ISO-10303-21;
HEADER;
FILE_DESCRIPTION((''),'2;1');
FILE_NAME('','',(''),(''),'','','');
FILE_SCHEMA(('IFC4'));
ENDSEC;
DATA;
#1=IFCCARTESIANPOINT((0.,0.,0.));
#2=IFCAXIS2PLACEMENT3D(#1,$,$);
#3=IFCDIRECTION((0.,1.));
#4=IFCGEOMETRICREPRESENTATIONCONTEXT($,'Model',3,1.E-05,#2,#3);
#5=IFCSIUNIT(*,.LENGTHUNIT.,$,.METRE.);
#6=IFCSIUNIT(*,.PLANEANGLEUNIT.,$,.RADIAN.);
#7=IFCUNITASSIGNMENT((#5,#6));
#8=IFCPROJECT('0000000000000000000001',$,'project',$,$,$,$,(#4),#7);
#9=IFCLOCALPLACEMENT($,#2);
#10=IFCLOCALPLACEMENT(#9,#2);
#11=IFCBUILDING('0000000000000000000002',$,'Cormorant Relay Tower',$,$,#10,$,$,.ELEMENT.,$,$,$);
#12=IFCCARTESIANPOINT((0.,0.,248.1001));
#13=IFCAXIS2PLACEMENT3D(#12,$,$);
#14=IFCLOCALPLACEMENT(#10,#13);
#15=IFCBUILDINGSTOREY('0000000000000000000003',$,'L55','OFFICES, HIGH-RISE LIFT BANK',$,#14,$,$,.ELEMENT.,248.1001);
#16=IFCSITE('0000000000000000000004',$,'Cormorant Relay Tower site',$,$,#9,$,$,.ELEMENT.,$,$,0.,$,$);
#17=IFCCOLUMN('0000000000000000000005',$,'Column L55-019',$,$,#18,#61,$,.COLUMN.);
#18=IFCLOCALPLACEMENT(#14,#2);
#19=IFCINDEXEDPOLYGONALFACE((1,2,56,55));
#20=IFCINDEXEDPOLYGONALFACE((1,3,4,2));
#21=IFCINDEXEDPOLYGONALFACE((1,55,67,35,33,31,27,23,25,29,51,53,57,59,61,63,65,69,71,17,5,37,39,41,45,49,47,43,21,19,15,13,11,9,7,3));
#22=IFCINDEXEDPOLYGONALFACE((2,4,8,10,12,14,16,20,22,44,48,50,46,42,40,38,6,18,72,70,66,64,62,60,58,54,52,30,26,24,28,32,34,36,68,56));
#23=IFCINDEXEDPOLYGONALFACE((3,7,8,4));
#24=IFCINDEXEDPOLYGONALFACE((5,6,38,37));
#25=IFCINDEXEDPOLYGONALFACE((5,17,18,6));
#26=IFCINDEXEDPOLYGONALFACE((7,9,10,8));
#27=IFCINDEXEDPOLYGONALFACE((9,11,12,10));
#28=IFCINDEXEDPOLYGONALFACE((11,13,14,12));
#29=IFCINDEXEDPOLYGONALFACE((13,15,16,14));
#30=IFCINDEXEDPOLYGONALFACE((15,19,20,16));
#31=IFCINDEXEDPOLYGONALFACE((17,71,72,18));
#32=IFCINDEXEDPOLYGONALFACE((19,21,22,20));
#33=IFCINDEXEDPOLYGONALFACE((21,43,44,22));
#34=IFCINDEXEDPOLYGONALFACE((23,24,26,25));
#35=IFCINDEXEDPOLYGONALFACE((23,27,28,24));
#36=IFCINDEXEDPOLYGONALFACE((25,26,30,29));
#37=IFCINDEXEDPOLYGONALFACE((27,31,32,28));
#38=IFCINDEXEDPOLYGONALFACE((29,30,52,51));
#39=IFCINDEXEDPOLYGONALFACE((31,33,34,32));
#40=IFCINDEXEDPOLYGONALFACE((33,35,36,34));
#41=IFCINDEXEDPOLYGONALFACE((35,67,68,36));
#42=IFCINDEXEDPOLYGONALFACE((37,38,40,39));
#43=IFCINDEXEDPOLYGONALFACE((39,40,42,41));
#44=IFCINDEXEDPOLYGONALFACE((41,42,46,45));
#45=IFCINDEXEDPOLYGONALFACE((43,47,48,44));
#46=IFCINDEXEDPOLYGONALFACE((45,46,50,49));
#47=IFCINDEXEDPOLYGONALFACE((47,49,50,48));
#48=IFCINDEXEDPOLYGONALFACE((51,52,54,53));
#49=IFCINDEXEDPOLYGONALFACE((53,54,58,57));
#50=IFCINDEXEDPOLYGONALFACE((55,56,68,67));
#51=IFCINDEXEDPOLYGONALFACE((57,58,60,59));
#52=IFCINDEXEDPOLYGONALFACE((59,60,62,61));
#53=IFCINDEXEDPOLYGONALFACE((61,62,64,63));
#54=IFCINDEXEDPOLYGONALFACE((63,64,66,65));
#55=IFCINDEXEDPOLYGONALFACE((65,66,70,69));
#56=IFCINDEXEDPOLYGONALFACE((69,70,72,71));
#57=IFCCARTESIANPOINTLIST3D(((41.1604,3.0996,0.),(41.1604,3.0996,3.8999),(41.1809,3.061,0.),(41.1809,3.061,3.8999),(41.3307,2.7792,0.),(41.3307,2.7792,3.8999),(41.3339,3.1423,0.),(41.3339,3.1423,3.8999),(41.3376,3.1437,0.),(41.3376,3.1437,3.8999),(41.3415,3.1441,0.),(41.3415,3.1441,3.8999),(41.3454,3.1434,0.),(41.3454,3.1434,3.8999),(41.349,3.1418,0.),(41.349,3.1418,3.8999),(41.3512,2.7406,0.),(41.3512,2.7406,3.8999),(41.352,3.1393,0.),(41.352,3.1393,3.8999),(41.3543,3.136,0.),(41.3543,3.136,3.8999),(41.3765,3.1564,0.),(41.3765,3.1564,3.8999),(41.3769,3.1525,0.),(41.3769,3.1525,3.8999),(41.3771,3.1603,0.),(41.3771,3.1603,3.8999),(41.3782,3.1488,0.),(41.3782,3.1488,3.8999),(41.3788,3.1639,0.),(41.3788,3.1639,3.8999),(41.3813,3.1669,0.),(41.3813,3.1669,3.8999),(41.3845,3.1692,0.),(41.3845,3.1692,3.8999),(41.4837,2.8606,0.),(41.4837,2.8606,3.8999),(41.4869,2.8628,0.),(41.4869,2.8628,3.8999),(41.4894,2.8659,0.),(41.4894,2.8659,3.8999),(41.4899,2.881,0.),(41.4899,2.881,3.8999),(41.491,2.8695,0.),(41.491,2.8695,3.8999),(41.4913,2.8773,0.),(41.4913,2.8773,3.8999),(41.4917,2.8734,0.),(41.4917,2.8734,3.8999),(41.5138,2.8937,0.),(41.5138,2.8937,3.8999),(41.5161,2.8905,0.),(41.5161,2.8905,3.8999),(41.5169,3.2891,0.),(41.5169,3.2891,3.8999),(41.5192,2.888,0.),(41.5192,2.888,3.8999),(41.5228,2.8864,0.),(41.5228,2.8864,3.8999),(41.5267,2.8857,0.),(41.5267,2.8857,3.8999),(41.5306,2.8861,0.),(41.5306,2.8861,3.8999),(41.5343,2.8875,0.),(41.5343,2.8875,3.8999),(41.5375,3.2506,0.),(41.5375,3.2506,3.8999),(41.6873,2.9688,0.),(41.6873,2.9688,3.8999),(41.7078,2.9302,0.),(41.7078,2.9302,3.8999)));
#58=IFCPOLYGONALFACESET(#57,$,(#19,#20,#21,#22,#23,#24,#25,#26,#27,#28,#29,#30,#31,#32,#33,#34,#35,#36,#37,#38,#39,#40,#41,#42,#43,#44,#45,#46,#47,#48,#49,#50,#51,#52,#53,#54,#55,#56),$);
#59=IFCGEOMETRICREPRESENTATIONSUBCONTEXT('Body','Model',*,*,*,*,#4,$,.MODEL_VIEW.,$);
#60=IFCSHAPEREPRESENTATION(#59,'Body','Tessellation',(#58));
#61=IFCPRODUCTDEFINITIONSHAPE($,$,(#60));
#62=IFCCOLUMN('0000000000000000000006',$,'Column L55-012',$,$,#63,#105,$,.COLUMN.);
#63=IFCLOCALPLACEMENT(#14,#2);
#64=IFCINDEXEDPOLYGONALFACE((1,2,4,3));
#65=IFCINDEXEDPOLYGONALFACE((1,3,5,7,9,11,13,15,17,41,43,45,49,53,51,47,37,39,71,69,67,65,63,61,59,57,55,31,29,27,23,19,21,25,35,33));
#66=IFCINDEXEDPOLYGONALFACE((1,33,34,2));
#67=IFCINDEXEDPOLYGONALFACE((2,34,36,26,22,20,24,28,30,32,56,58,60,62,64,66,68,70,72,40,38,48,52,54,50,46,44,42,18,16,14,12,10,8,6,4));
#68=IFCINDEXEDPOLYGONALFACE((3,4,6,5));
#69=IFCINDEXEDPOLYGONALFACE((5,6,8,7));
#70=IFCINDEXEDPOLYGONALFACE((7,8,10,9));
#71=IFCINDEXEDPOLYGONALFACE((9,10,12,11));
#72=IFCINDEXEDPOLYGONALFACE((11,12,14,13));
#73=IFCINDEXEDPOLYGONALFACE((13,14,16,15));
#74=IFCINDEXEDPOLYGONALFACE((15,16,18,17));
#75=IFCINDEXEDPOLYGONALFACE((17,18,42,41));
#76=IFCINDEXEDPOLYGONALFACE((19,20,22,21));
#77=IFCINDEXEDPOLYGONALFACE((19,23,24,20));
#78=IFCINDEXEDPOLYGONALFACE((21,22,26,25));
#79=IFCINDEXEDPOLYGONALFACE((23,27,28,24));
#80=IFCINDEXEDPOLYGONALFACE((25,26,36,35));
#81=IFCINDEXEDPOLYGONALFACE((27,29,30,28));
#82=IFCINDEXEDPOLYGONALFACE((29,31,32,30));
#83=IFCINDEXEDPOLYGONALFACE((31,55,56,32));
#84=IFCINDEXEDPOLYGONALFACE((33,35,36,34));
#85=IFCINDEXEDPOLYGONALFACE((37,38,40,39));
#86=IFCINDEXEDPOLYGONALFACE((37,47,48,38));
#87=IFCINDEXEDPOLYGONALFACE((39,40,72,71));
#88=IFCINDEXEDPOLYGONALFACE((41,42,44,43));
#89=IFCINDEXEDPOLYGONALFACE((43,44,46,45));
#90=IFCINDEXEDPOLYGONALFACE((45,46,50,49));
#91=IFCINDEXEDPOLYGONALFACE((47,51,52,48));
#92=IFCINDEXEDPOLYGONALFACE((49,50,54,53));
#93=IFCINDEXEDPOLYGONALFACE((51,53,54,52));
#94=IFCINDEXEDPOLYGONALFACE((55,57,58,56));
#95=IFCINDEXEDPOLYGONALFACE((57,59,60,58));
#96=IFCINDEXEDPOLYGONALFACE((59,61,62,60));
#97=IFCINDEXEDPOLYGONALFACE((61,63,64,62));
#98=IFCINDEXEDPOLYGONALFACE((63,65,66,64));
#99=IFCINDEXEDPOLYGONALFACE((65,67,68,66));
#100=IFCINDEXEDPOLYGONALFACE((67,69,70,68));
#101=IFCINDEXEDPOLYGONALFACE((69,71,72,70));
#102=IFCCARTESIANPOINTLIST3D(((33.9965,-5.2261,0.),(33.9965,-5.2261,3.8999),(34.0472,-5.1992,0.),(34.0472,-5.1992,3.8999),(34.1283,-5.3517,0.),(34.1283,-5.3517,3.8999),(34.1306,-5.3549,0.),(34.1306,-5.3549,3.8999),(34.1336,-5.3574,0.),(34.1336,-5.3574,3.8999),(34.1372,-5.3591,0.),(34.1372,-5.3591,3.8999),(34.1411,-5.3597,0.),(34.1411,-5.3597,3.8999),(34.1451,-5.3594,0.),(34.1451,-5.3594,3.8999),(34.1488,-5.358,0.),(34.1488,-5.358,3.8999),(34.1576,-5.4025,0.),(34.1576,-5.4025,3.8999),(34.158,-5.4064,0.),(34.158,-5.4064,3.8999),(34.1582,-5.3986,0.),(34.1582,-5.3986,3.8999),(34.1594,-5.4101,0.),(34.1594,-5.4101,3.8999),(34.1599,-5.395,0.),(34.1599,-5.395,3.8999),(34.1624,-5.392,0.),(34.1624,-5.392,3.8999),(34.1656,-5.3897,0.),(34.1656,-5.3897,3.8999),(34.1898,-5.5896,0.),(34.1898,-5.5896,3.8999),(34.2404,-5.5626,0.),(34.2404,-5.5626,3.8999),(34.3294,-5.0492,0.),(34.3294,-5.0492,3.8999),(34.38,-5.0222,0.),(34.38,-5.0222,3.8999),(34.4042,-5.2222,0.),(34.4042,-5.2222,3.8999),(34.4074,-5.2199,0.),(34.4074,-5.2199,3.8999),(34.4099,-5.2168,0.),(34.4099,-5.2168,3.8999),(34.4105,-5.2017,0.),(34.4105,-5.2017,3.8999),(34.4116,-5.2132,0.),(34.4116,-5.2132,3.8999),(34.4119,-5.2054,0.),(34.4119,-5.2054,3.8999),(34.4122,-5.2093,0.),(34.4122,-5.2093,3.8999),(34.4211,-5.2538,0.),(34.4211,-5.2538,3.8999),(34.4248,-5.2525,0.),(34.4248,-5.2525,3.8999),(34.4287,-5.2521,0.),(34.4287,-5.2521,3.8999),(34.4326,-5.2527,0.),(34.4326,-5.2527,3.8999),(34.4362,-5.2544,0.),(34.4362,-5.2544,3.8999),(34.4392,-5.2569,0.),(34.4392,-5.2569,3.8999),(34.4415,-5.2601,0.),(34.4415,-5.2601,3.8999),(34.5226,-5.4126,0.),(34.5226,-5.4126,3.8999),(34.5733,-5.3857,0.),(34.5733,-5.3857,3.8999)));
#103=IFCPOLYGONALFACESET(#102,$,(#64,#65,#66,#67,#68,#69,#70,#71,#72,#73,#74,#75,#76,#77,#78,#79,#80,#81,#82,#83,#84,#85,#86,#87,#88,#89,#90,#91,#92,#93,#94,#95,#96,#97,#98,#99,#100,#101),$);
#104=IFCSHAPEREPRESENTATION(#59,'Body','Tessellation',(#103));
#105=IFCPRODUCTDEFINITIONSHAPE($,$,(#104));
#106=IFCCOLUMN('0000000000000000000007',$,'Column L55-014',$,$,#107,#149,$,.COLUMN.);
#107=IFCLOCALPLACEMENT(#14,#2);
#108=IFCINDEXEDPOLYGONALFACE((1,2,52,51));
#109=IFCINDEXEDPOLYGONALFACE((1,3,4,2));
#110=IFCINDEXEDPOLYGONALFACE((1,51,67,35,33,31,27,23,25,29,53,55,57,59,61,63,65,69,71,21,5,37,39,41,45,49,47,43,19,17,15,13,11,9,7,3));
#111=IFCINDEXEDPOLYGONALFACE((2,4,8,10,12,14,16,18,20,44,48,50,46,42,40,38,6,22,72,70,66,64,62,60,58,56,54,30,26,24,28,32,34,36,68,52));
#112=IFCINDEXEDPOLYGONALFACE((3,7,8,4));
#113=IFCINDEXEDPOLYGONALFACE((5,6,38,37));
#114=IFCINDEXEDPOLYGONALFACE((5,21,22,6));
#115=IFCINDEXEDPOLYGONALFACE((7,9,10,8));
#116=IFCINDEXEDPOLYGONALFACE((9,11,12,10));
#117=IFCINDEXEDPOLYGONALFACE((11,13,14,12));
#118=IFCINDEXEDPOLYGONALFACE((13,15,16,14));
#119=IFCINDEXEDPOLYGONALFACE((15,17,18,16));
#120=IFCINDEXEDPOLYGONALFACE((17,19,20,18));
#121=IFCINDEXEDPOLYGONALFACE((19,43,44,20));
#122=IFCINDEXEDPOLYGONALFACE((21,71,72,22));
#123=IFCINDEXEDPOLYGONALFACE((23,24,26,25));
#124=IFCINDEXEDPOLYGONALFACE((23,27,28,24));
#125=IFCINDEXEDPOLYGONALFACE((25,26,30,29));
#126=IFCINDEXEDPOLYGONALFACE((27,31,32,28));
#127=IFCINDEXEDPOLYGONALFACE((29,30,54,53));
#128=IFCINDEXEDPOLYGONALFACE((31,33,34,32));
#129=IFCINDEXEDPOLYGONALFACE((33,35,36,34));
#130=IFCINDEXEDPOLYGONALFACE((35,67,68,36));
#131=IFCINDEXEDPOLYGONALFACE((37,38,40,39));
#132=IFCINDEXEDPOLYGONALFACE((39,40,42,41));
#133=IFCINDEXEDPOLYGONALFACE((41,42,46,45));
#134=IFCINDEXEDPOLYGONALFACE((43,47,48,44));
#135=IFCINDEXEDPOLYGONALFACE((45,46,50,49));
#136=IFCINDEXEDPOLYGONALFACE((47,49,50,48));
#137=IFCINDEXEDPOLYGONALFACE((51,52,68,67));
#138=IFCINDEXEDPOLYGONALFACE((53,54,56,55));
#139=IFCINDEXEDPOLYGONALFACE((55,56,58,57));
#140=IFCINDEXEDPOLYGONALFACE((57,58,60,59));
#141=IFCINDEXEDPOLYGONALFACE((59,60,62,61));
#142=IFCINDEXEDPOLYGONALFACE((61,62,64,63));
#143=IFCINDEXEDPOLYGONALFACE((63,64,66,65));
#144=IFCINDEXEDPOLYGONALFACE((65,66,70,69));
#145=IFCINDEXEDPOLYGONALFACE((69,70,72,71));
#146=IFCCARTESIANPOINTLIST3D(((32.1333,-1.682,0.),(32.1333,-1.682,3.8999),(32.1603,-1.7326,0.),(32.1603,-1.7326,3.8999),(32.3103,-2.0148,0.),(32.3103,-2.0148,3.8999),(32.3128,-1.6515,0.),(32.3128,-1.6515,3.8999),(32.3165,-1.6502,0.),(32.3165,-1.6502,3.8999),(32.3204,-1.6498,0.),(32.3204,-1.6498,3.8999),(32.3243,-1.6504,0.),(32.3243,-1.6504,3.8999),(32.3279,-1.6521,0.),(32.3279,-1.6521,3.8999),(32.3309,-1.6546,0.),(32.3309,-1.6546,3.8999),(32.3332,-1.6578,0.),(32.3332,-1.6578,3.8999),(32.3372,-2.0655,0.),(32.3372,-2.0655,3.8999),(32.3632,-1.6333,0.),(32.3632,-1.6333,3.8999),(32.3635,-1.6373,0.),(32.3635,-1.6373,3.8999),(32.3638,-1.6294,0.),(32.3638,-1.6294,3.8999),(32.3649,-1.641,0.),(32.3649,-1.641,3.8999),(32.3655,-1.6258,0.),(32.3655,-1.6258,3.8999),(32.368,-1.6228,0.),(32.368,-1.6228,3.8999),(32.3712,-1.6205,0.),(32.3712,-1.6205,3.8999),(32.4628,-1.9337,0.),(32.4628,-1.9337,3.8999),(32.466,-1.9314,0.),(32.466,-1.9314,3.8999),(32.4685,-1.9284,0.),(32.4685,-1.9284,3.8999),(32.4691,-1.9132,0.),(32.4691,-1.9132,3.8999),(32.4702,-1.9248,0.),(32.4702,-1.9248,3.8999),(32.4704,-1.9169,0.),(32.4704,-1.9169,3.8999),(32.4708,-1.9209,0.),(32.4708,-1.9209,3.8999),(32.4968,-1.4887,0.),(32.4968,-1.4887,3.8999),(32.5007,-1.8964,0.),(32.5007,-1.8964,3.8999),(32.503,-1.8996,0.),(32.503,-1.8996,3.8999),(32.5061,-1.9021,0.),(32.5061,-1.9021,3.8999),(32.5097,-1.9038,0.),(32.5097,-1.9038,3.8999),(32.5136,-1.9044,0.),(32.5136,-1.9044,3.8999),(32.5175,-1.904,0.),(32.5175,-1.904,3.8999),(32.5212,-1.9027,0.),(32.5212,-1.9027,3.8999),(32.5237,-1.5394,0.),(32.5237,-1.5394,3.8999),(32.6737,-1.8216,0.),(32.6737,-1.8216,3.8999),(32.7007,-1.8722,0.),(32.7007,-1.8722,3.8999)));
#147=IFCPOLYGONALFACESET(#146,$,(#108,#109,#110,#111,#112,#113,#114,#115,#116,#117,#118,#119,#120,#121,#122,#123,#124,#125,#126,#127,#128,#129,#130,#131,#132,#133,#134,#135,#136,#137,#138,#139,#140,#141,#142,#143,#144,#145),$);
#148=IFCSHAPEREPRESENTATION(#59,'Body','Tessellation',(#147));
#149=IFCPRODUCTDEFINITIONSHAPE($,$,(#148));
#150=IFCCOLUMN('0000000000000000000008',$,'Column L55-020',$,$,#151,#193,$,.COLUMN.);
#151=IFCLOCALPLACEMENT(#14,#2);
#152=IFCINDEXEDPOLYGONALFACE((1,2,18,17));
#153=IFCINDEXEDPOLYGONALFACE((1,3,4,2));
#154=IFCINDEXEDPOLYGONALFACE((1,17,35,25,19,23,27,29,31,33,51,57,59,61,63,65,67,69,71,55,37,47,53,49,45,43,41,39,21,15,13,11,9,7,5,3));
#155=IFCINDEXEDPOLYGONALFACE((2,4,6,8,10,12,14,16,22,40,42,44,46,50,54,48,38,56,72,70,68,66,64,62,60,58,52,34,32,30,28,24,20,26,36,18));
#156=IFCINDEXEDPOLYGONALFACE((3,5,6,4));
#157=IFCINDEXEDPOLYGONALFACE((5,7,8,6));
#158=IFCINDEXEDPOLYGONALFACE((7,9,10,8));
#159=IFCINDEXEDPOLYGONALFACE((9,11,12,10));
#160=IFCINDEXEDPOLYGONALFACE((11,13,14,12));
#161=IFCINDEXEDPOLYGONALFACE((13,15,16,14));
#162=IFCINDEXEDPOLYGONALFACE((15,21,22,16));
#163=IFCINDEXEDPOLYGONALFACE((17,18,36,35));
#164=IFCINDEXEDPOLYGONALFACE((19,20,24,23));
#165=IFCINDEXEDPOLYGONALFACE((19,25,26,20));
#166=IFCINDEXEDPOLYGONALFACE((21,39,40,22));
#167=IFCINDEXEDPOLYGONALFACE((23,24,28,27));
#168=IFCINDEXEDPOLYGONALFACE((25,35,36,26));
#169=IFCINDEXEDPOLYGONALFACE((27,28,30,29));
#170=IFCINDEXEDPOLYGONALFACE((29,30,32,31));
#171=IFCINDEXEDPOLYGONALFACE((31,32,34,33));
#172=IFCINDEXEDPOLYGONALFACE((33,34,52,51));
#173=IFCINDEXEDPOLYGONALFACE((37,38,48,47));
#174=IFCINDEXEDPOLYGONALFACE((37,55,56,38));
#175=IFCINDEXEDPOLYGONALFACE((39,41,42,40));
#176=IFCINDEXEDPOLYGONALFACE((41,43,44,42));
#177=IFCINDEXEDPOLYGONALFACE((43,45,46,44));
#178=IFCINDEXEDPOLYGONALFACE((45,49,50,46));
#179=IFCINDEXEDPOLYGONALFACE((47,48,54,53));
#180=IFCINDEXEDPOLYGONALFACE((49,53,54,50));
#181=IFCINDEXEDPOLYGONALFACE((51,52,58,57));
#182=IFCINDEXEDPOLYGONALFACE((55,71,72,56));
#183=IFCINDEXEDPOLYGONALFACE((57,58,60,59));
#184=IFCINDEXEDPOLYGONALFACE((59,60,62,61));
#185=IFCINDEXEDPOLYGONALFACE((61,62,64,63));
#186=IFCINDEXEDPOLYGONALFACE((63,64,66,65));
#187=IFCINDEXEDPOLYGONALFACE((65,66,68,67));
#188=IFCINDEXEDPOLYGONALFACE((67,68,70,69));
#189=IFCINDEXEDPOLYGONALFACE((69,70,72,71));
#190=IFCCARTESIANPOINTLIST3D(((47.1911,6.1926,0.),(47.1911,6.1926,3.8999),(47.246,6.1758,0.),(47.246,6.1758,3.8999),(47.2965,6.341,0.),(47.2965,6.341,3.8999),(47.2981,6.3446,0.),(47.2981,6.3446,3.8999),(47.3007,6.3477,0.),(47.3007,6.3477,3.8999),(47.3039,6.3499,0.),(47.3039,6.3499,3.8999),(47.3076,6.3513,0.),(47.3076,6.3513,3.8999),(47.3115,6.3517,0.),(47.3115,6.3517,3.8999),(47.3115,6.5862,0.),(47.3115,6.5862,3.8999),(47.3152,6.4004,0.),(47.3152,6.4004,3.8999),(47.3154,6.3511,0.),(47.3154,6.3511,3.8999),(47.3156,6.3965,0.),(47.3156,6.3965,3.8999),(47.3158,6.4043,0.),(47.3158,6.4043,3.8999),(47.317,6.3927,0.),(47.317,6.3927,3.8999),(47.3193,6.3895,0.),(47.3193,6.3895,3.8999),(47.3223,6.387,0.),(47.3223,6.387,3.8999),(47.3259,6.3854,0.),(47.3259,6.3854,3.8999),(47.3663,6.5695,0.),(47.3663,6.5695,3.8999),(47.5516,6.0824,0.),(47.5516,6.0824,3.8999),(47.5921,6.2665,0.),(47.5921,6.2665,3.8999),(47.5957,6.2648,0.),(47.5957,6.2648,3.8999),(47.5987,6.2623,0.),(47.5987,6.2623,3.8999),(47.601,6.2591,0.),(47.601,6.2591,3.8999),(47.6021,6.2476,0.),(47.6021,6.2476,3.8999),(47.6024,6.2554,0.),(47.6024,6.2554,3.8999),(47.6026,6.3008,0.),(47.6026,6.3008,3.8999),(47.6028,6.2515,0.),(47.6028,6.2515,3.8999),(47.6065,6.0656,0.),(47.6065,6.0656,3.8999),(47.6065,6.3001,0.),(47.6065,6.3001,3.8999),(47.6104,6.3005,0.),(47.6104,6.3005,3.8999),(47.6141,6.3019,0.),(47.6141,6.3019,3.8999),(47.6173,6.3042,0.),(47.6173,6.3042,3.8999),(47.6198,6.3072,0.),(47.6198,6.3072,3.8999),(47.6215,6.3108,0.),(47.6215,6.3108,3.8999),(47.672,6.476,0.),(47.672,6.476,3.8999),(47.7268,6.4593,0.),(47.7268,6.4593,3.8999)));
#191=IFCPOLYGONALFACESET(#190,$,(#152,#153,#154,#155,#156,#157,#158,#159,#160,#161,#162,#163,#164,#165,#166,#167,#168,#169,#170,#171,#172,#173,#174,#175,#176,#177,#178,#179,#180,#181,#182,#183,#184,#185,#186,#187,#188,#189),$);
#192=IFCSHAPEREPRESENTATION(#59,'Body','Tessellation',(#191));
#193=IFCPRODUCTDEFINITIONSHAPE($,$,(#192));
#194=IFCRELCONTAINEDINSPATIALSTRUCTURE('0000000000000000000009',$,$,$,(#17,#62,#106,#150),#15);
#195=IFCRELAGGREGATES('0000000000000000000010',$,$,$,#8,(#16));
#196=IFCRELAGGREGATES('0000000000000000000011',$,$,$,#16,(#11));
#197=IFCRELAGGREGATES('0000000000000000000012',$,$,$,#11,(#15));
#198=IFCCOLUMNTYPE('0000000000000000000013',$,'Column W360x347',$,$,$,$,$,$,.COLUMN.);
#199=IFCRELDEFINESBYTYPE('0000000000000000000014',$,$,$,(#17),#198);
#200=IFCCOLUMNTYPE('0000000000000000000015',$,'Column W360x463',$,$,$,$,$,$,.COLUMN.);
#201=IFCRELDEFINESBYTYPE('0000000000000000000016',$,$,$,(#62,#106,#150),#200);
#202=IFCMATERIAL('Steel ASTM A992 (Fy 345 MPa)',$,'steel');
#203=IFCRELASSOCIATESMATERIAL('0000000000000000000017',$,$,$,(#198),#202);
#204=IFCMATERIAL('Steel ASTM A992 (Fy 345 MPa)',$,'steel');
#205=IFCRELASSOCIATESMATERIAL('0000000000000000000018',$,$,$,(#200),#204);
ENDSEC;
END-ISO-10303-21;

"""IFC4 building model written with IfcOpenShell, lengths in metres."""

from ifc_helpers import new_model, si_unit, direction, frame, origin, origin_2d, place, context, subcontext, project, spatial, i_section, extrude, material, material_profile, profile_set, type_object, element, save


model = new_model("IFC4")

# Units and contexts
model_context = context("Model", 3, precision=1e-05, world=origin(), true_north=direction((0.0, 1.0)))
body_context = subcontext(model_context, "Body", "Model", "MODEL_VIEW")
ifc_project = project(units=[si_unit("LENGTHUNIT", "METRE"), si_unit("PLANEANGLEUNIT", "RADIAN")], contexts=[model_context])

# Site, building, storey
site_placement = place(None, origin())
site = spatial("IfcSite", under=ifc_project, at=site_placement, Name="Cormorant Relay Tower site", CompositionType="ELEMENT", RefElevation=0.0)
building_placement = place(site_placement, origin())
building = spatial("IfcBuilding", under=site, at=building_placement, Name="Cormorant Relay Tower", CompositionType="ELEMENT")
storey_placement = place(building_placement, frame((0.0, 0.0, 248.1001)))
storey = spatial("IfcBuildingStorey", under=building, at=storey_placement, Name="L55", Description="OFFICES, HIGH-RISE LIFT BANK", CompositionType="ELEMENT", Elevation=248.1001)

# Columns
ifc_material_1 = material(Name="Steel ASTM A992 (Fy 345 MPa)", Category="steel")
ifc_material_profile_1 = material_profile(ifc_material_1, i_section(OverallWidth=0.4038, OverallDepth=0.4065, WebThickness=0.0271, FlangeThickness=0.0437, FilletRadius=0.0151, at=origin_2d()), Name="W360x347")
ifc_profile_set_1 = profile_set([ifc_material_profile_1], Name="Steel ASTM A992 (Fy 345 MPa)")
column_type_1 = type_object("IfcColumnType", Name="Column W360x347", PredefinedType="COLUMN", material=ifc_profile_set_1)
column_placement = place(storey_placement, frame((41.4341, 3.0149, 0.0), z_axis=(0.0, 0.0, 1.0), x_axis=(0.882948, 0.469472, 0.0)))
element("IfcColumn", 1, at=column_placement, inside=storey, type_object=column_type_1, Name="Column L55-019", PredefinedType="COLUMN", context=body_context, shape_type="SweptSolid", body=[
    extrude(i_section(OverallWidth=0.4038, OverallDepth=0.4065, WebThickness=0.0271, FlangeThickness=0.0437, FilletRadius=0.0151, at=origin_2d()), origin(), (0.0, 0.0, 1.0), 3.8999),
])
ifc_material_2 = material(Name="Steel ASTM A992 (Fy 345 MPa)", Category="steel")
ifc_material_profile_2 = material_profile(ifc_material_2, i_section(OverallWidth=0.4116, OverallDepth=0.4343, WebThickness=0.0359, FlangeThickness=0.0574, FilletRadius=0.0151, at=origin_2d()), Name="W360x463")
ifc_profile_set_2 = profile_set([ifc_material_profile_2], Name="Steel ASTM A992 (Fy 345 MPa)")
column_type_2 = type_object("IfcColumnType", Name="Column W360x463", PredefinedType="COLUMN", material=ifc_profile_set_2)
for number, where, z_axis, x_axis, name in (
    (2, (34.2849, -5.3059, 0.0), (0.0, 0.0, 1.0), (-0.469472, 0.882948, 0.0), "Column L55-012"),
    (3, (32.417, -1.7771, 0.0), (0.0, 0.0, 1.0), (0.882948, 0.469472, 0.0), "Column L55-014"),
    (4, (47.459, 6.3259, 0.0), (0.0, 0.0, 1.0), (0.292372, 0.956305, 0.0), "Column L55-020"),
):
    element("IfcColumn", number, at=place(storey_placement, frame(where, z_axis=z_axis, x_axis=x_axis)), inside=storey, type_object=column_type_2, Name=name, PredefinedType="COLUMN", context=body_context, shape_type="SweptSolid", body=[
        extrude(i_section(OverallWidth=0.4116, OverallDepth=0.4343, WebThickness=0.0359, FlangeThickness=0.0574, FilletRadius=0.0151, at=origin_2d()), origin(), (0.0, 0.0, 1.0), 3.8999),
    ])

save(model, "model.ifc")
